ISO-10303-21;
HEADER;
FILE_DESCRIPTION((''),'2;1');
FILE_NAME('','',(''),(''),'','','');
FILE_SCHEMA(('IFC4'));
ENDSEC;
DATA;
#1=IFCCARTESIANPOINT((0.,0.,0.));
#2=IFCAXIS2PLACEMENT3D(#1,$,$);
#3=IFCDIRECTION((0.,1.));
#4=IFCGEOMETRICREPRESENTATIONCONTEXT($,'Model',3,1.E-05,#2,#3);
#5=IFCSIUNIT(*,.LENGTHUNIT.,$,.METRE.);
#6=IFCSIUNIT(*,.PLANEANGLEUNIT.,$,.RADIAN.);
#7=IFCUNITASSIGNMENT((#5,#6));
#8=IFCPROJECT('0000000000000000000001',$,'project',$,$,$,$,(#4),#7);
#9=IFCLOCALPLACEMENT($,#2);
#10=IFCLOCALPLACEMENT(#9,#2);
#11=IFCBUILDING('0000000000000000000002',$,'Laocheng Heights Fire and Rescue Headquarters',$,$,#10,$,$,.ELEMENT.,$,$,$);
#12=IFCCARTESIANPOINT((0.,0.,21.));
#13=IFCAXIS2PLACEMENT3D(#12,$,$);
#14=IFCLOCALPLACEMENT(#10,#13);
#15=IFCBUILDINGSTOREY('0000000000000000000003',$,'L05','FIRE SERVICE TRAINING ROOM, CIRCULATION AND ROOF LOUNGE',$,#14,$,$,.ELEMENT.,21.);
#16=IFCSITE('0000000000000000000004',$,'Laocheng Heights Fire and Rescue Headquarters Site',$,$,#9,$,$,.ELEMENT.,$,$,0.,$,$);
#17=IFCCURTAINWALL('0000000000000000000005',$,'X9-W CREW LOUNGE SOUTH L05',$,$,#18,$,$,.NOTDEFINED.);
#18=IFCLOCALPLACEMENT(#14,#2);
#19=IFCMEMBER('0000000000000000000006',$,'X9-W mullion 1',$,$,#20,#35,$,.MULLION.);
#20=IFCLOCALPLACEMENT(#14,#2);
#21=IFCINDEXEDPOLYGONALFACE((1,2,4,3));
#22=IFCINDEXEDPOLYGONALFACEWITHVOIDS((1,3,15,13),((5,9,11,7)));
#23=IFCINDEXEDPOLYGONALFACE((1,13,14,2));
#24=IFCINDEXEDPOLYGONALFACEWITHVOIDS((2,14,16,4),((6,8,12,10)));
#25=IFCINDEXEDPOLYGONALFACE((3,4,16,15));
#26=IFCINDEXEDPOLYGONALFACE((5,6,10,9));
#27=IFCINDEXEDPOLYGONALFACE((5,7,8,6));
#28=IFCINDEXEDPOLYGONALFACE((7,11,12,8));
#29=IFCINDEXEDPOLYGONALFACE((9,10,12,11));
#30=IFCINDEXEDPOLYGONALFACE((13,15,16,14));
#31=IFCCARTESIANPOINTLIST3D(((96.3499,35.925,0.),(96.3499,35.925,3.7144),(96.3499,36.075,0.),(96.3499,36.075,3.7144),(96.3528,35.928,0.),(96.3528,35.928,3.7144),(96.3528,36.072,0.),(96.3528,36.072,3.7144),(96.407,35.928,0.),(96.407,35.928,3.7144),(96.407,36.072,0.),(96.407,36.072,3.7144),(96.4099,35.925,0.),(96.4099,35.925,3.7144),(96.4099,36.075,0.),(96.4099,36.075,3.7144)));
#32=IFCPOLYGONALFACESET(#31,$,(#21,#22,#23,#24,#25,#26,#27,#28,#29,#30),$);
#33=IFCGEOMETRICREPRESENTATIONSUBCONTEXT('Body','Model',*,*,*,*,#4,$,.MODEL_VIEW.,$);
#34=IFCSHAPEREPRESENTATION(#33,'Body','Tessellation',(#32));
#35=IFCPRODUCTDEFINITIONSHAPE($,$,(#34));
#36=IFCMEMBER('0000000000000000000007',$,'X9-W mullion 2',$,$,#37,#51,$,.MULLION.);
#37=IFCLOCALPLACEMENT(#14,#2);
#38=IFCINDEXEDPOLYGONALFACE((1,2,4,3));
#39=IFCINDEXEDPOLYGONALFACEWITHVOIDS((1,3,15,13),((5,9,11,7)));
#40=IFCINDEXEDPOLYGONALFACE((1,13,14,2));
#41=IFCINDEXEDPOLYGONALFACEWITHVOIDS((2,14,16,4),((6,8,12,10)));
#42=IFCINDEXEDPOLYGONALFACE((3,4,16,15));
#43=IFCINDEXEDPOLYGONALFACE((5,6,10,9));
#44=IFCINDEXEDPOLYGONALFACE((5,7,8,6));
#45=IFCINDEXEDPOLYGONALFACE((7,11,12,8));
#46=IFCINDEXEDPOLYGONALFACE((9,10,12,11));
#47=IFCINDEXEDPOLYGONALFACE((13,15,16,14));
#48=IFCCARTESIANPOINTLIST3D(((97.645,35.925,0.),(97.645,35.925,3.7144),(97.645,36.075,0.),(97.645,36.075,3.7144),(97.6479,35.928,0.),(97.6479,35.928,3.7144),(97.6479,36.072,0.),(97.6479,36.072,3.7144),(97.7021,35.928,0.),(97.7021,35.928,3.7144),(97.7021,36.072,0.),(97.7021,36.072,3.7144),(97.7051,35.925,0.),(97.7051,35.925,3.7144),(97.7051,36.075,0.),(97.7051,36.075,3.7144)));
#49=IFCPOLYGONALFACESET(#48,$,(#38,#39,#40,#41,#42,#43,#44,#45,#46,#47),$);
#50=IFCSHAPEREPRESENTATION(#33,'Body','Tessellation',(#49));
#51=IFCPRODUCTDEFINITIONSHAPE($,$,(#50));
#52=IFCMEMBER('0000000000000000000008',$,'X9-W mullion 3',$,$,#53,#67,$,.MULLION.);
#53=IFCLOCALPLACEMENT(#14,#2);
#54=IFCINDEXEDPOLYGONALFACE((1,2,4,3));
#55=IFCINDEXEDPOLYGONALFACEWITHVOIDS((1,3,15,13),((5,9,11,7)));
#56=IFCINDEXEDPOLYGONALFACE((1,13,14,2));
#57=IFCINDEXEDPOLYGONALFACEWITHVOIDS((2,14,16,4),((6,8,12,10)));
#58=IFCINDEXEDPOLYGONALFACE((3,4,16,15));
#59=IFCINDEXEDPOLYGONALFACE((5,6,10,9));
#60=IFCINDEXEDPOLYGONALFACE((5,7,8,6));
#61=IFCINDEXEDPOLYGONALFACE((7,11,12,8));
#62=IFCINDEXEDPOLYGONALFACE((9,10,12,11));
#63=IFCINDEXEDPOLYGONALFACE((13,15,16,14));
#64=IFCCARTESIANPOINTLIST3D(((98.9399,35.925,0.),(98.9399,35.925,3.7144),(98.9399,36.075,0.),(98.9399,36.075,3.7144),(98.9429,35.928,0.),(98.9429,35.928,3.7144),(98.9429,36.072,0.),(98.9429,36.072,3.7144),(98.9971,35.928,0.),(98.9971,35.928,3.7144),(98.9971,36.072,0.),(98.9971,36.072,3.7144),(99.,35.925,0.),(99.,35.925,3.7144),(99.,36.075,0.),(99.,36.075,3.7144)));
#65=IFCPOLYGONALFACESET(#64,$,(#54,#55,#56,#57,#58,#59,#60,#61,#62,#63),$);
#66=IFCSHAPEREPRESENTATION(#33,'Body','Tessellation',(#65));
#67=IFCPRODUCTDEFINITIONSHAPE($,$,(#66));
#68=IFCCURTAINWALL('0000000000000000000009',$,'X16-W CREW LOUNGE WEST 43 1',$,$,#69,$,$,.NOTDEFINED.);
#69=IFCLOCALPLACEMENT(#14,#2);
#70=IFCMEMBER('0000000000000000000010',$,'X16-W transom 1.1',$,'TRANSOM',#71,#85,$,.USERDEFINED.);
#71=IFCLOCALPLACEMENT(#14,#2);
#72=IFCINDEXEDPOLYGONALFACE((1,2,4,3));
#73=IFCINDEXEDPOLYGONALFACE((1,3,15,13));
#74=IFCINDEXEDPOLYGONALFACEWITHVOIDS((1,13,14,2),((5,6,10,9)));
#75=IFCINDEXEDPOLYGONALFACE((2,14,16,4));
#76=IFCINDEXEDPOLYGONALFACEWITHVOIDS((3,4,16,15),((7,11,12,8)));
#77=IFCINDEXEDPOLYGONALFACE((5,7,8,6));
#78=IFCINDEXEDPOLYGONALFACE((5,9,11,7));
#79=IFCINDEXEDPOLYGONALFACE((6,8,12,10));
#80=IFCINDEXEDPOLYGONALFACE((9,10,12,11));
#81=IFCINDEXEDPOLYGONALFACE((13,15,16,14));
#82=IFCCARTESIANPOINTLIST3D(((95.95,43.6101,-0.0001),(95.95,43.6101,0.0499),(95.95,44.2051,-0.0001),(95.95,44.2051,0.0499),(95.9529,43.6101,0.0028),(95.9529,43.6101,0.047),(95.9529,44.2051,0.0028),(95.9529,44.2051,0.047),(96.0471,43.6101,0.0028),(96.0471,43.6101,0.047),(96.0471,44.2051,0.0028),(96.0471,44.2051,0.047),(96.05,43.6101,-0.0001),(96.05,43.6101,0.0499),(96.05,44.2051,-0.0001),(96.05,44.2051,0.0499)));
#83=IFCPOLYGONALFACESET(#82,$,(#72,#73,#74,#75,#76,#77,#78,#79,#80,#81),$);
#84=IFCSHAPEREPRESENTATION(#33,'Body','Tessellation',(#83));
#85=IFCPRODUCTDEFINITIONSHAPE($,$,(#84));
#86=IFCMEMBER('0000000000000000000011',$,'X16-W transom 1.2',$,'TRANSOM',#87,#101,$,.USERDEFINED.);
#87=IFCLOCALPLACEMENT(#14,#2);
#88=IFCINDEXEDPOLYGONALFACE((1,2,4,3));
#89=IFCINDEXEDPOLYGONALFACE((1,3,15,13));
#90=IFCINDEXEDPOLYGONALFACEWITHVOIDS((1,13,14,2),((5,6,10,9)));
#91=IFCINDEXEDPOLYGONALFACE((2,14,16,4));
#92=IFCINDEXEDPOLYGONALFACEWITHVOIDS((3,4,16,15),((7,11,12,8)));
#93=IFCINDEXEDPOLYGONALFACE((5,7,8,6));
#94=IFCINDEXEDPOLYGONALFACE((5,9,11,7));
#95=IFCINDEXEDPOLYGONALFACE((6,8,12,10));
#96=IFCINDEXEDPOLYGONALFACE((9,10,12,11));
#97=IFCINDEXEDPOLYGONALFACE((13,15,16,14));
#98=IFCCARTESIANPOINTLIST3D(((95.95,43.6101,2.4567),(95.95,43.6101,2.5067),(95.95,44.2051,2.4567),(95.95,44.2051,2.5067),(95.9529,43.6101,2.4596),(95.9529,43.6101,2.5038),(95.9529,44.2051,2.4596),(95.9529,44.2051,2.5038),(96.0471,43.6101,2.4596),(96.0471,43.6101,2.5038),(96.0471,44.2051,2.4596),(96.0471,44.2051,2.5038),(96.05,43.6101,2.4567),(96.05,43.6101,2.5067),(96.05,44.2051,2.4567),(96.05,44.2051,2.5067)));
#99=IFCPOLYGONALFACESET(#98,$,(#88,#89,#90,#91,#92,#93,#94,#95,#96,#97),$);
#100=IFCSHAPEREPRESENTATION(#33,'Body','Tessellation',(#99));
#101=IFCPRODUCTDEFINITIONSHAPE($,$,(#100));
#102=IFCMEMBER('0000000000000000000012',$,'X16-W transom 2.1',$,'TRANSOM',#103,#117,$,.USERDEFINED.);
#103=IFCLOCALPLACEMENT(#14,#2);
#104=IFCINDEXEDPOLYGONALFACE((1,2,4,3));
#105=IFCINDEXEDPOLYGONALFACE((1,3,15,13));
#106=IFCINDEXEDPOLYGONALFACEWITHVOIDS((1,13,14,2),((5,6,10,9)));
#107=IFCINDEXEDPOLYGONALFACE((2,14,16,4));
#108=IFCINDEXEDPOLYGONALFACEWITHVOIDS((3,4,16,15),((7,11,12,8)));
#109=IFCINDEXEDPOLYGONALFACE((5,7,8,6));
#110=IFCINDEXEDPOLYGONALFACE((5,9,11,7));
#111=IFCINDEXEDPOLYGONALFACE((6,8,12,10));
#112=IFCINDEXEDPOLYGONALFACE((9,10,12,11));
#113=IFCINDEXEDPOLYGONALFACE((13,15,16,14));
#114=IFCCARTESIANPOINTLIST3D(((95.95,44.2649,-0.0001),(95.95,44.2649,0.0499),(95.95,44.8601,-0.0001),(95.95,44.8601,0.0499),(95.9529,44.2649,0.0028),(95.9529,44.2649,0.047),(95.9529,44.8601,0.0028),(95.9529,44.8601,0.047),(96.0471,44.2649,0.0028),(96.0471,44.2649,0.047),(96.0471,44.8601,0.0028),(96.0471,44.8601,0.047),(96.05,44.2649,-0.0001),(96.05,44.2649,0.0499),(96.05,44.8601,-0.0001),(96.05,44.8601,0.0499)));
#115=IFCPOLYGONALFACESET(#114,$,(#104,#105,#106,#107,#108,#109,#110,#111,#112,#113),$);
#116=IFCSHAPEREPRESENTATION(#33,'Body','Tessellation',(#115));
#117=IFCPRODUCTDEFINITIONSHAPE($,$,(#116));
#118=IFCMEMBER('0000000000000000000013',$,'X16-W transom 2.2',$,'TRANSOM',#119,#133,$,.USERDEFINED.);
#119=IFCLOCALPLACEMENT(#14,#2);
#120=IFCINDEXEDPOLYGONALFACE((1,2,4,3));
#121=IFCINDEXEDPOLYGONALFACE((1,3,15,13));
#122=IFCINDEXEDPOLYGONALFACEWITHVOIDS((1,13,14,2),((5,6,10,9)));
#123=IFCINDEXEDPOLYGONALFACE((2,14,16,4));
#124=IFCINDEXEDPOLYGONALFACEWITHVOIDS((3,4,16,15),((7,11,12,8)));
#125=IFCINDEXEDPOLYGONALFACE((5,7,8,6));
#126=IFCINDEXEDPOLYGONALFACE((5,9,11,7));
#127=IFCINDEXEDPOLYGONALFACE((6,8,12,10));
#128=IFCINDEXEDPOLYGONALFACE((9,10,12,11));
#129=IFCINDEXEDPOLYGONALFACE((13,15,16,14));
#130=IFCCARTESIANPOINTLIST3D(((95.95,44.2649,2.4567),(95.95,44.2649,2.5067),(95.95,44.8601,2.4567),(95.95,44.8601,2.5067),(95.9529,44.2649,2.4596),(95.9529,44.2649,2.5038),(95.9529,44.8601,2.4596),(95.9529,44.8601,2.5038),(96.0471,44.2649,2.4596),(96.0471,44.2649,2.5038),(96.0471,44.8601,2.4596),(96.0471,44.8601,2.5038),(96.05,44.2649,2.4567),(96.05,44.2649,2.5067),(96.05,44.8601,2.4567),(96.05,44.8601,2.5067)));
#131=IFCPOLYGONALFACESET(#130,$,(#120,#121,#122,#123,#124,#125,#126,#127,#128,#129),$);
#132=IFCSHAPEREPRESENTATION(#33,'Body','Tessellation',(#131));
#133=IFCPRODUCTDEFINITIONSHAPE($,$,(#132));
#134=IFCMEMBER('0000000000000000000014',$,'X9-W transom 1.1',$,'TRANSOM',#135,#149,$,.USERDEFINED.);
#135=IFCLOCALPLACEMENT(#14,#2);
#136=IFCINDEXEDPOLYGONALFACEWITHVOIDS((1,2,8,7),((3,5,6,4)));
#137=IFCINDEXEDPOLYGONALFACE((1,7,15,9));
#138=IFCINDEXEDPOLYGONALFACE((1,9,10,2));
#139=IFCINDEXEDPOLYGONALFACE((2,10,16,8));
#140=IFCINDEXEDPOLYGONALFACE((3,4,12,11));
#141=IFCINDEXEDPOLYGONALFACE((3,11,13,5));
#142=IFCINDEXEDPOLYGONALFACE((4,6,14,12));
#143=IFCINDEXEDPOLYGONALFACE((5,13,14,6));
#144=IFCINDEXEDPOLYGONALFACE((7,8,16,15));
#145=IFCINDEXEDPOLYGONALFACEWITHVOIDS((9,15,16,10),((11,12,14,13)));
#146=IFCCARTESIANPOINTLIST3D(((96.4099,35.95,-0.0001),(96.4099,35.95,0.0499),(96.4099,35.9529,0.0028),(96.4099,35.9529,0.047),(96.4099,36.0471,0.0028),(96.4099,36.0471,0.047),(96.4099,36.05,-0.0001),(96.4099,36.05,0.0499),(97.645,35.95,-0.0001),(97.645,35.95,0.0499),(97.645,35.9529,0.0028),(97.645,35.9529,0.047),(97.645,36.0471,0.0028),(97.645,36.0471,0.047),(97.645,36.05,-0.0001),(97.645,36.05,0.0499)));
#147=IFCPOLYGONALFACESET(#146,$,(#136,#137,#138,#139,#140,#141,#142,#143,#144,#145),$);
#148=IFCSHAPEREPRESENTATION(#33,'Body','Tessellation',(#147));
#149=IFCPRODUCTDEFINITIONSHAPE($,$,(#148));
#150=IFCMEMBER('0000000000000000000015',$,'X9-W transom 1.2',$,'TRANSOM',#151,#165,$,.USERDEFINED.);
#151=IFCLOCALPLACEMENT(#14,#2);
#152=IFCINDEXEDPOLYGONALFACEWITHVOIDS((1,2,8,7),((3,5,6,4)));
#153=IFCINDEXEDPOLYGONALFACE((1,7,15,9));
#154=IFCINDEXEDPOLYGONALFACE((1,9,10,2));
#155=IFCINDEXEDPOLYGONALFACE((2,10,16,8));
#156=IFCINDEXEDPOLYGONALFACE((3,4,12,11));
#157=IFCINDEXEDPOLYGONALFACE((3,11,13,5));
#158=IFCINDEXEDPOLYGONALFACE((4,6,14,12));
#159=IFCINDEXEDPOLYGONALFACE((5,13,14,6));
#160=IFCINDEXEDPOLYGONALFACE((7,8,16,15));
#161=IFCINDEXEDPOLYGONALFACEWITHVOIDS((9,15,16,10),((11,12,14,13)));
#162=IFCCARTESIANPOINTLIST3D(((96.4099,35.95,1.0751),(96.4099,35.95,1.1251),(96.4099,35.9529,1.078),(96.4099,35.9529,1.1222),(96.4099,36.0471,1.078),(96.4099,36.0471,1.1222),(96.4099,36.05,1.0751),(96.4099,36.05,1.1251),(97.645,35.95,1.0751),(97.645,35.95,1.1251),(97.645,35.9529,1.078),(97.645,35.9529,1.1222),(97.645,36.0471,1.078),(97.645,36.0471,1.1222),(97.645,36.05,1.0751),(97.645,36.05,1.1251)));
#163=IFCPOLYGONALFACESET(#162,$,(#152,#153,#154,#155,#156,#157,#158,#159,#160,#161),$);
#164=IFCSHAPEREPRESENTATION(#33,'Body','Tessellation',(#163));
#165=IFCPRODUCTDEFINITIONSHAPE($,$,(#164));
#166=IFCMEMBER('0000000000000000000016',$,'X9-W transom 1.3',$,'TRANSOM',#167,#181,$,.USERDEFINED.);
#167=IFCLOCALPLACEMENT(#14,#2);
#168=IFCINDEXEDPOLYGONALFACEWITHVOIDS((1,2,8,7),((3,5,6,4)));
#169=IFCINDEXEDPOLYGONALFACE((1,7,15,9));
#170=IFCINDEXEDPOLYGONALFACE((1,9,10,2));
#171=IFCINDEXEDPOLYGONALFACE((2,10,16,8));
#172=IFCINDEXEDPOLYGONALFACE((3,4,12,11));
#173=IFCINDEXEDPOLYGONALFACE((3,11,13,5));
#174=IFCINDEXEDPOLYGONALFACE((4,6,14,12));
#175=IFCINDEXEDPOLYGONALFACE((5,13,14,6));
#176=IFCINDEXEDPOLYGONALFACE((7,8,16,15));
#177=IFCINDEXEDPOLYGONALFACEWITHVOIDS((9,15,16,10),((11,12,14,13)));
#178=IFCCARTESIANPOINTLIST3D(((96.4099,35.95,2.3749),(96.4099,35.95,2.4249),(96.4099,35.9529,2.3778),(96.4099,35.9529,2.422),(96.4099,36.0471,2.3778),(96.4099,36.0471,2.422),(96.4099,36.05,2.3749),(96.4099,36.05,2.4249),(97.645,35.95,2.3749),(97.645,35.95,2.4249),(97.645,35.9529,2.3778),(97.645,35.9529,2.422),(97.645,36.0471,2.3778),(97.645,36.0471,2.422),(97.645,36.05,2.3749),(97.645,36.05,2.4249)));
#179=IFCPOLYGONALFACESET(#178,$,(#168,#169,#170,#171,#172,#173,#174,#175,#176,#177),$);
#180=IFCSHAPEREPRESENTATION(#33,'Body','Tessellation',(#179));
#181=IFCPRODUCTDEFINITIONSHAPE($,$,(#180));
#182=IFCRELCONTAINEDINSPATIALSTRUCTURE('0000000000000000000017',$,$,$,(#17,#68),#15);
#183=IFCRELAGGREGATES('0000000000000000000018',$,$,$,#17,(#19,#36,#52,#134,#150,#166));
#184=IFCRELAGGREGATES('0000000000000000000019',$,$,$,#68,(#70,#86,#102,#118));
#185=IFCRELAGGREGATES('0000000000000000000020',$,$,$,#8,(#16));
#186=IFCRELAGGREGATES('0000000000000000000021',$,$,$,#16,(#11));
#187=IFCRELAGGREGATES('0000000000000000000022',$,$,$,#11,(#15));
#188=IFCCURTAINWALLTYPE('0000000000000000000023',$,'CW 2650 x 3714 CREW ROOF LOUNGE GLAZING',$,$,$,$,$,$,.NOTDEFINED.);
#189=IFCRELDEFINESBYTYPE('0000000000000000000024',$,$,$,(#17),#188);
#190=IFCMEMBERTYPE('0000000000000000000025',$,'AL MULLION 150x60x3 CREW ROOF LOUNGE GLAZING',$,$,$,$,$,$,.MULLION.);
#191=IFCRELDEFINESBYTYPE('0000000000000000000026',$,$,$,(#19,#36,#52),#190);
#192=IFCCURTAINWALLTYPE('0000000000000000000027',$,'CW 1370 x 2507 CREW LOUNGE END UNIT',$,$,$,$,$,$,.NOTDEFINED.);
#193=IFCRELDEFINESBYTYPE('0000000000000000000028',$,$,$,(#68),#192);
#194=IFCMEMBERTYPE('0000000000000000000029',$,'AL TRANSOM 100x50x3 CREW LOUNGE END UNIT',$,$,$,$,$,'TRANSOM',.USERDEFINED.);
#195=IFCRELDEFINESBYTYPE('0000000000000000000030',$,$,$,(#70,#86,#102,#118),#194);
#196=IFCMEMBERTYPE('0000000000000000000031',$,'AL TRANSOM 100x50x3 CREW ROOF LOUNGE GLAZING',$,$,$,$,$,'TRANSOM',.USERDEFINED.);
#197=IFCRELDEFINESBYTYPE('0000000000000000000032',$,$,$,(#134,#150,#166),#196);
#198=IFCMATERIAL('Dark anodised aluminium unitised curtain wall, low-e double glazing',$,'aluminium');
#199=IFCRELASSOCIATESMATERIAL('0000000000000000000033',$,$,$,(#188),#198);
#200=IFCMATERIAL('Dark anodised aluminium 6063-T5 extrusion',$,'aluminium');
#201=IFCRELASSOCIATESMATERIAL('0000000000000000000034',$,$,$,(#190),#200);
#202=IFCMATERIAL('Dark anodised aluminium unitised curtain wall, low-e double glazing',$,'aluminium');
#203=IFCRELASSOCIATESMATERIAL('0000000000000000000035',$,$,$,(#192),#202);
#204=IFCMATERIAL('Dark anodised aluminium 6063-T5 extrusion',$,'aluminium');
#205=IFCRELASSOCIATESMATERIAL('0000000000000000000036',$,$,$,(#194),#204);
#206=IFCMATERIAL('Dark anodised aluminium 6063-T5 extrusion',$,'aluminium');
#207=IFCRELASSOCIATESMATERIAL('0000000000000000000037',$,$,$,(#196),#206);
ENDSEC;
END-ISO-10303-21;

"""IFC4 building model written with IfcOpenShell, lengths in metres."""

from ifc_helpers import new_model, si_unit, direction, frame, origin, origin_2d, place, context, subcontext, project, spatial, hollow_rectangle, extrude, material, material_profile, profile_set, type_object, element, aggregate, save


model = new_model("IFC4")

# Units and contexts
model_context = context("Model", 3, precision=1e-05, world=origin(), true_north=direction((0.0, 1.0)))
body_context = subcontext(model_context, "Body", "Model", "MODEL_VIEW")
ifc_project = project(units=[si_unit("LENGTHUNIT", "METRE"), si_unit("PLANEANGLEUNIT", "RADIAN")], contexts=[model_context])

# Site, building, storey
site_placement = place(None, origin())
site = spatial("IfcSite", under=ifc_project, at=site_placement, Name="Laocheng Heights Fire and Rescue Headquarters Site", CompositionType="ELEMENT", RefElevation=0.0)
building_placement = place(site_placement, origin())
building = spatial("IfcBuilding", under=site, at=building_placement, Name="Laocheng Heights Fire and Rescue Headquarters", CompositionType="ELEMENT")
storey_placement = place(building_placement, frame((0.0, 0.0, 21.0)))
storey = spatial("IfcBuildingStorey", under=building, at=storey_placement, Name="L05", Description="FIRE SERVICE TRAINING ROOM, CIRCULATION AND ROOF LOUNGE", CompositionType="ELEMENT", Elevation=21.0)

# Curtain walls, members
ifc_material_1 = material(Name="Dark anodised aluminium unitised curtain wall, low-e double glazing", Category="aluminium")
curtain_wall_type_1 = type_object("IfcCurtainWallType", Name="CW 2650 x 3714 CREW ROOF LOUNGE GLAZING", PredefinedType="NOTDEFINED", material=ifc_material_1)
curtain_wall_1_placement = place(storey_placement, origin())
curtain_wall_1 = element("IfcCurtainWall", 1, at=curtain_wall_1_placement, inside=storey, type_object=curtain_wall_type_1, Name="X9-W CREW LOUNGE SOUTH L05", PredefinedType="NOTDEFINED")
ifc_material_2 = material(Name="Dark anodised aluminium 6063-T5 extrusion", Category="aluminium")
ifc_material_profile_1 = material_profile(ifc_material_2, hollow_rectangle(XDim=0.1499, YDim=0.0601, WallThickness=0.0029, at=origin_2d()), Name="AL MULLION 150x60x3 CREW ROOF LOUNGE GLAZING")
ifc_profile_set_1 = profile_set([ifc_material_profile_1], Name="Dark anodised aluminium 6063-T5 extrusion")
member_type_1 = type_object("IfcMemberType", Name="AL MULLION 150x60x3 CREW ROOF LOUNGE GLAZING", PredefinedType="MULLION", material=ifc_profile_set_1)
member_1_placement = place(storey_placement, frame((96.3799, 36.0, 0.0), z_axis=(0.0, 0.0, 1.0), x_axis=(0.0, 1.0, 0.0)))
member_1 = element("IfcMember", 2, at=member_1_placement, type_object=member_type_1, Name="X9-W mullion 1", PredefinedType="MULLION", context=body_context, shape_type="SweptSolid", body=[
    extrude(hollow_rectangle(XDim=0.1499, YDim=0.0601, WallThickness=0.0029, at=origin_2d()), origin(), (0.0, 0.0, 1.0), 3.7144),
])
member_2_placement = place(storey_placement, frame((97.675, 36.0, 0.0), z_axis=(0.0, 0.0, 1.0), x_axis=(0.0, 1.0, 0.0)))
member_2 = element("IfcMember", 3, at=member_2_placement, type_object=member_type_1, Name="X9-W mullion 2", PredefinedType="MULLION", context=body_context, shape_type="SweptSolid", body=[
    extrude(hollow_rectangle(XDim=0.1499, YDim=0.0601, WallThickness=0.0029, at=origin_2d()), origin(), (0.0, 0.0, 1.0), 3.7144),
])
member_3_placement = place(storey_placement, frame((98.97, 36.0, 0.0), z_axis=(0.0, 0.0, 1.0), x_axis=(0.0, 1.0, 0.0)))
member_3 = element("IfcMember", 4, at=member_3_placement, type_object=member_type_1, Name="X9-W mullion 3", PredefinedType="MULLION", context=body_context, shape_type="SweptSolid", body=[
    extrude(hollow_rectangle(XDim=0.1499, YDim=0.0601, WallThickness=0.0029, at=origin_2d()), origin(), (0.0, 0.0, 1.0), 3.7144),
])
ifc_material_3 = material(Name="Dark anodised aluminium unitised curtain wall, low-e double glazing", Category="aluminium")
curtain_wall_type_2 = type_object("IfcCurtainWallType", Name="CW 1370 x 2507 CREW LOUNGE END UNIT", PredefinedType="NOTDEFINED", material=ifc_material_3)
curtain_wall_2_placement = place(storey_placement, origin())
curtain_wall_2 = element("IfcCurtainWall", 5, at=curtain_wall_2_placement, inside=storey, type_object=curtain_wall_type_2, Name="X16-W CREW LOUNGE WEST 43 1", PredefinedType="NOTDEFINED")
ifc_material_4 = material(Name="Dark anodised aluminium 6063-T5 extrusion", Category="aluminium")
ifc_material_profile_2 = material_profile(ifc_material_4, hollow_rectangle(XDim=0.1001, YDim=0.05, WallThickness=0.0029, at=origin_2d()), Name="AL TRANSOM 100x50x3 CREW LOUNGE END UNIT")
ifc_profile_set_2 = profile_set([ifc_material_profile_2], Name="Dark anodised aluminium 6063-T5 extrusion")
member_type_2 = type_object("IfcMemberType", Name="AL TRANSOM 100x50x3 CREW LOUNGE END UNIT", ElementType="TRANSOM", PredefinedType="USERDEFINED", material=ifc_profile_set_2)
member_4_placement = place(storey_placement, frame((96.0, 43.6101, 0.0249), z_axis=(0.0, 1.0, 0.0), x_axis=(-1.0, 0.0, 0.0)))
member_4 = element("IfcMember", 6, at=member_4_placement, type_object=member_type_2, Name="X16-W transom 1.1", ObjectType="TRANSOM", PredefinedType="USERDEFINED", context=body_context, shape_type="SweptSolid", body=[
    extrude(hollow_rectangle(XDim=0.1001, YDim=0.05, WallThickness=0.0029, at=origin_2d()), origin(), (0.0, 0.0, 1.0), 0.595),
])
member_5_placement = place(storey_placement, frame((96.0, 43.6101, 2.4817), z_axis=(0.0, 1.0, 0.0), x_axis=(-1.0, 0.0, 0.0)))
member_5 = element("IfcMember", 7, at=member_5_placement, type_object=member_type_2, Name="X16-W transom 1.2", ObjectType="TRANSOM", PredefinedType="USERDEFINED", context=body_context, shape_type="SweptSolid", body=[
    extrude(hollow_rectangle(XDim=0.1001, YDim=0.05, WallThickness=0.0029, at=origin_2d()), origin(), (0.0, 0.0, 1.0), 0.595),
])
member_6_placement = place(storey_placement, frame((96.0, 44.2649, 0.0249), z_axis=(0.0, 1.0, 0.0), x_axis=(-1.0, 0.0, 0.0)))
member_6 = element("IfcMember", 8, at=member_6_placement, type_object=member_type_2, Name="X16-W transom 2.1", ObjectType="TRANSOM", PredefinedType="USERDEFINED", context=body_context, shape_type="SweptSolid", body=[
    extrude(hollow_rectangle(XDim=0.1001, YDim=0.05, WallThickness=0.0029, at=origin_2d()), origin(), (0.0, 0.0, 1.0), 0.5952),
])
member_7_placement = place(storey_placement, frame((96.0, 44.2649, 2.4817), z_axis=(0.0, 1.0, 0.0), x_axis=(-1.0, 0.0, 0.0)))
member_7 = element("IfcMember", 9, at=member_7_placement, type_object=member_type_2, Name="X16-W transom 2.2", ObjectType="TRANSOM", PredefinedType="USERDEFINED", context=body_context, shape_type="SweptSolid", body=[
    extrude(hollow_rectangle(XDim=0.1001, YDim=0.05, WallThickness=0.0029, at=origin_2d()), origin(), (0.0, 0.0, 1.0), 0.5952),
])

# Members
ifc_material_5 = material(Name="Dark anodised aluminium 6063-T5 extrusion", Category="aluminium")
ifc_material_profile_3 = material_profile(ifc_material_5, hollow_rectangle(XDim=0.1001, YDim=0.05, WallThickness=0.0029, at=origin_2d()), Name="AL TRANSOM 100x50x3 CREW ROOF LOUNGE GLAZING")
ifc_profile_set_3 = profile_set([ifc_material_profile_3], Name="Dark anodised aluminium 6063-T5 extrusion")
member_type_3 = type_object("IfcMemberType", Name="AL TRANSOM 100x50x3 CREW ROOF LOUNGE GLAZING", ElementType="TRANSOM", PredefinedType="USERDEFINED", material=ifc_profile_set_3)
member_8_placement = place(storey_placement, frame((96.4099, 36.0, 0.0249), z_axis=(1.0, 0.0, 0.0), x_axis=(0.0, 1.0, 0.0)))
member_8 = element("IfcMember", 10, at=member_8_placement, type_object=member_type_3, Name="X9-W transom 1.1", ObjectType="TRANSOM", PredefinedType="USERDEFINED", context=body_context, shape_type="SweptSolid", body=[
    extrude(hollow_rectangle(XDim=0.1001, YDim=0.05, WallThickness=0.0029, at=origin_2d()), origin(), (0.0, 0.0, 1.0), 1.2351),
])
member_9_placement = place(storey_placement, frame((96.4099, 36.0, 1.1001), z_axis=(1.0, 0.0, 0.0), x_axis=(0.0, 1.0, 0.0)))
member_9 = element("IfcMember", 11, at=member_9_placement, type_object=member_type_3, Name="X9-W transom 1.2", ObjectType="TRANSOM", PredefinedType="USERDEFINED", context=body_context, shape_type="SweptSolid", body=[
    extrude(hollow_rectangle(XDim=0.1001, YDim=0.05, WallThickness=0.0029, at=origin_2d()), origin(), (0.0, 0.0, 1.0), 1.2351),
])
member_10_placement = place(storey_placement, frame((96.4099, 36.0, 2.3999), z_axis=(1.0, 0.0, 0.0), x_axis=(0.0, 1.0, 0.0)))
member_10 = element("IfcMember", 12, at=member_10_placement, type_object=member_type_3, Name="X9-W transom 1.3", ObjectType="TRANSOM", PredefinedType="USERDEFINED", context=body_context, shape_type="SweptSolid", body=[
    extrude(hollow_rectangle(XDim=0.1001, YDim=0.05, WallThickness=0.0029, at=origin_2d()), origin(), (0.0, 0.0, 1.0), 1.2351),
])

aggregate(curtain_wall_1, [member_1, member_2, member_3, member_8, member_9, member_10])
aggregate(curtain_wall_2, [member_4, member_5, member_6, member_7])

save(model, "model.ifc")
